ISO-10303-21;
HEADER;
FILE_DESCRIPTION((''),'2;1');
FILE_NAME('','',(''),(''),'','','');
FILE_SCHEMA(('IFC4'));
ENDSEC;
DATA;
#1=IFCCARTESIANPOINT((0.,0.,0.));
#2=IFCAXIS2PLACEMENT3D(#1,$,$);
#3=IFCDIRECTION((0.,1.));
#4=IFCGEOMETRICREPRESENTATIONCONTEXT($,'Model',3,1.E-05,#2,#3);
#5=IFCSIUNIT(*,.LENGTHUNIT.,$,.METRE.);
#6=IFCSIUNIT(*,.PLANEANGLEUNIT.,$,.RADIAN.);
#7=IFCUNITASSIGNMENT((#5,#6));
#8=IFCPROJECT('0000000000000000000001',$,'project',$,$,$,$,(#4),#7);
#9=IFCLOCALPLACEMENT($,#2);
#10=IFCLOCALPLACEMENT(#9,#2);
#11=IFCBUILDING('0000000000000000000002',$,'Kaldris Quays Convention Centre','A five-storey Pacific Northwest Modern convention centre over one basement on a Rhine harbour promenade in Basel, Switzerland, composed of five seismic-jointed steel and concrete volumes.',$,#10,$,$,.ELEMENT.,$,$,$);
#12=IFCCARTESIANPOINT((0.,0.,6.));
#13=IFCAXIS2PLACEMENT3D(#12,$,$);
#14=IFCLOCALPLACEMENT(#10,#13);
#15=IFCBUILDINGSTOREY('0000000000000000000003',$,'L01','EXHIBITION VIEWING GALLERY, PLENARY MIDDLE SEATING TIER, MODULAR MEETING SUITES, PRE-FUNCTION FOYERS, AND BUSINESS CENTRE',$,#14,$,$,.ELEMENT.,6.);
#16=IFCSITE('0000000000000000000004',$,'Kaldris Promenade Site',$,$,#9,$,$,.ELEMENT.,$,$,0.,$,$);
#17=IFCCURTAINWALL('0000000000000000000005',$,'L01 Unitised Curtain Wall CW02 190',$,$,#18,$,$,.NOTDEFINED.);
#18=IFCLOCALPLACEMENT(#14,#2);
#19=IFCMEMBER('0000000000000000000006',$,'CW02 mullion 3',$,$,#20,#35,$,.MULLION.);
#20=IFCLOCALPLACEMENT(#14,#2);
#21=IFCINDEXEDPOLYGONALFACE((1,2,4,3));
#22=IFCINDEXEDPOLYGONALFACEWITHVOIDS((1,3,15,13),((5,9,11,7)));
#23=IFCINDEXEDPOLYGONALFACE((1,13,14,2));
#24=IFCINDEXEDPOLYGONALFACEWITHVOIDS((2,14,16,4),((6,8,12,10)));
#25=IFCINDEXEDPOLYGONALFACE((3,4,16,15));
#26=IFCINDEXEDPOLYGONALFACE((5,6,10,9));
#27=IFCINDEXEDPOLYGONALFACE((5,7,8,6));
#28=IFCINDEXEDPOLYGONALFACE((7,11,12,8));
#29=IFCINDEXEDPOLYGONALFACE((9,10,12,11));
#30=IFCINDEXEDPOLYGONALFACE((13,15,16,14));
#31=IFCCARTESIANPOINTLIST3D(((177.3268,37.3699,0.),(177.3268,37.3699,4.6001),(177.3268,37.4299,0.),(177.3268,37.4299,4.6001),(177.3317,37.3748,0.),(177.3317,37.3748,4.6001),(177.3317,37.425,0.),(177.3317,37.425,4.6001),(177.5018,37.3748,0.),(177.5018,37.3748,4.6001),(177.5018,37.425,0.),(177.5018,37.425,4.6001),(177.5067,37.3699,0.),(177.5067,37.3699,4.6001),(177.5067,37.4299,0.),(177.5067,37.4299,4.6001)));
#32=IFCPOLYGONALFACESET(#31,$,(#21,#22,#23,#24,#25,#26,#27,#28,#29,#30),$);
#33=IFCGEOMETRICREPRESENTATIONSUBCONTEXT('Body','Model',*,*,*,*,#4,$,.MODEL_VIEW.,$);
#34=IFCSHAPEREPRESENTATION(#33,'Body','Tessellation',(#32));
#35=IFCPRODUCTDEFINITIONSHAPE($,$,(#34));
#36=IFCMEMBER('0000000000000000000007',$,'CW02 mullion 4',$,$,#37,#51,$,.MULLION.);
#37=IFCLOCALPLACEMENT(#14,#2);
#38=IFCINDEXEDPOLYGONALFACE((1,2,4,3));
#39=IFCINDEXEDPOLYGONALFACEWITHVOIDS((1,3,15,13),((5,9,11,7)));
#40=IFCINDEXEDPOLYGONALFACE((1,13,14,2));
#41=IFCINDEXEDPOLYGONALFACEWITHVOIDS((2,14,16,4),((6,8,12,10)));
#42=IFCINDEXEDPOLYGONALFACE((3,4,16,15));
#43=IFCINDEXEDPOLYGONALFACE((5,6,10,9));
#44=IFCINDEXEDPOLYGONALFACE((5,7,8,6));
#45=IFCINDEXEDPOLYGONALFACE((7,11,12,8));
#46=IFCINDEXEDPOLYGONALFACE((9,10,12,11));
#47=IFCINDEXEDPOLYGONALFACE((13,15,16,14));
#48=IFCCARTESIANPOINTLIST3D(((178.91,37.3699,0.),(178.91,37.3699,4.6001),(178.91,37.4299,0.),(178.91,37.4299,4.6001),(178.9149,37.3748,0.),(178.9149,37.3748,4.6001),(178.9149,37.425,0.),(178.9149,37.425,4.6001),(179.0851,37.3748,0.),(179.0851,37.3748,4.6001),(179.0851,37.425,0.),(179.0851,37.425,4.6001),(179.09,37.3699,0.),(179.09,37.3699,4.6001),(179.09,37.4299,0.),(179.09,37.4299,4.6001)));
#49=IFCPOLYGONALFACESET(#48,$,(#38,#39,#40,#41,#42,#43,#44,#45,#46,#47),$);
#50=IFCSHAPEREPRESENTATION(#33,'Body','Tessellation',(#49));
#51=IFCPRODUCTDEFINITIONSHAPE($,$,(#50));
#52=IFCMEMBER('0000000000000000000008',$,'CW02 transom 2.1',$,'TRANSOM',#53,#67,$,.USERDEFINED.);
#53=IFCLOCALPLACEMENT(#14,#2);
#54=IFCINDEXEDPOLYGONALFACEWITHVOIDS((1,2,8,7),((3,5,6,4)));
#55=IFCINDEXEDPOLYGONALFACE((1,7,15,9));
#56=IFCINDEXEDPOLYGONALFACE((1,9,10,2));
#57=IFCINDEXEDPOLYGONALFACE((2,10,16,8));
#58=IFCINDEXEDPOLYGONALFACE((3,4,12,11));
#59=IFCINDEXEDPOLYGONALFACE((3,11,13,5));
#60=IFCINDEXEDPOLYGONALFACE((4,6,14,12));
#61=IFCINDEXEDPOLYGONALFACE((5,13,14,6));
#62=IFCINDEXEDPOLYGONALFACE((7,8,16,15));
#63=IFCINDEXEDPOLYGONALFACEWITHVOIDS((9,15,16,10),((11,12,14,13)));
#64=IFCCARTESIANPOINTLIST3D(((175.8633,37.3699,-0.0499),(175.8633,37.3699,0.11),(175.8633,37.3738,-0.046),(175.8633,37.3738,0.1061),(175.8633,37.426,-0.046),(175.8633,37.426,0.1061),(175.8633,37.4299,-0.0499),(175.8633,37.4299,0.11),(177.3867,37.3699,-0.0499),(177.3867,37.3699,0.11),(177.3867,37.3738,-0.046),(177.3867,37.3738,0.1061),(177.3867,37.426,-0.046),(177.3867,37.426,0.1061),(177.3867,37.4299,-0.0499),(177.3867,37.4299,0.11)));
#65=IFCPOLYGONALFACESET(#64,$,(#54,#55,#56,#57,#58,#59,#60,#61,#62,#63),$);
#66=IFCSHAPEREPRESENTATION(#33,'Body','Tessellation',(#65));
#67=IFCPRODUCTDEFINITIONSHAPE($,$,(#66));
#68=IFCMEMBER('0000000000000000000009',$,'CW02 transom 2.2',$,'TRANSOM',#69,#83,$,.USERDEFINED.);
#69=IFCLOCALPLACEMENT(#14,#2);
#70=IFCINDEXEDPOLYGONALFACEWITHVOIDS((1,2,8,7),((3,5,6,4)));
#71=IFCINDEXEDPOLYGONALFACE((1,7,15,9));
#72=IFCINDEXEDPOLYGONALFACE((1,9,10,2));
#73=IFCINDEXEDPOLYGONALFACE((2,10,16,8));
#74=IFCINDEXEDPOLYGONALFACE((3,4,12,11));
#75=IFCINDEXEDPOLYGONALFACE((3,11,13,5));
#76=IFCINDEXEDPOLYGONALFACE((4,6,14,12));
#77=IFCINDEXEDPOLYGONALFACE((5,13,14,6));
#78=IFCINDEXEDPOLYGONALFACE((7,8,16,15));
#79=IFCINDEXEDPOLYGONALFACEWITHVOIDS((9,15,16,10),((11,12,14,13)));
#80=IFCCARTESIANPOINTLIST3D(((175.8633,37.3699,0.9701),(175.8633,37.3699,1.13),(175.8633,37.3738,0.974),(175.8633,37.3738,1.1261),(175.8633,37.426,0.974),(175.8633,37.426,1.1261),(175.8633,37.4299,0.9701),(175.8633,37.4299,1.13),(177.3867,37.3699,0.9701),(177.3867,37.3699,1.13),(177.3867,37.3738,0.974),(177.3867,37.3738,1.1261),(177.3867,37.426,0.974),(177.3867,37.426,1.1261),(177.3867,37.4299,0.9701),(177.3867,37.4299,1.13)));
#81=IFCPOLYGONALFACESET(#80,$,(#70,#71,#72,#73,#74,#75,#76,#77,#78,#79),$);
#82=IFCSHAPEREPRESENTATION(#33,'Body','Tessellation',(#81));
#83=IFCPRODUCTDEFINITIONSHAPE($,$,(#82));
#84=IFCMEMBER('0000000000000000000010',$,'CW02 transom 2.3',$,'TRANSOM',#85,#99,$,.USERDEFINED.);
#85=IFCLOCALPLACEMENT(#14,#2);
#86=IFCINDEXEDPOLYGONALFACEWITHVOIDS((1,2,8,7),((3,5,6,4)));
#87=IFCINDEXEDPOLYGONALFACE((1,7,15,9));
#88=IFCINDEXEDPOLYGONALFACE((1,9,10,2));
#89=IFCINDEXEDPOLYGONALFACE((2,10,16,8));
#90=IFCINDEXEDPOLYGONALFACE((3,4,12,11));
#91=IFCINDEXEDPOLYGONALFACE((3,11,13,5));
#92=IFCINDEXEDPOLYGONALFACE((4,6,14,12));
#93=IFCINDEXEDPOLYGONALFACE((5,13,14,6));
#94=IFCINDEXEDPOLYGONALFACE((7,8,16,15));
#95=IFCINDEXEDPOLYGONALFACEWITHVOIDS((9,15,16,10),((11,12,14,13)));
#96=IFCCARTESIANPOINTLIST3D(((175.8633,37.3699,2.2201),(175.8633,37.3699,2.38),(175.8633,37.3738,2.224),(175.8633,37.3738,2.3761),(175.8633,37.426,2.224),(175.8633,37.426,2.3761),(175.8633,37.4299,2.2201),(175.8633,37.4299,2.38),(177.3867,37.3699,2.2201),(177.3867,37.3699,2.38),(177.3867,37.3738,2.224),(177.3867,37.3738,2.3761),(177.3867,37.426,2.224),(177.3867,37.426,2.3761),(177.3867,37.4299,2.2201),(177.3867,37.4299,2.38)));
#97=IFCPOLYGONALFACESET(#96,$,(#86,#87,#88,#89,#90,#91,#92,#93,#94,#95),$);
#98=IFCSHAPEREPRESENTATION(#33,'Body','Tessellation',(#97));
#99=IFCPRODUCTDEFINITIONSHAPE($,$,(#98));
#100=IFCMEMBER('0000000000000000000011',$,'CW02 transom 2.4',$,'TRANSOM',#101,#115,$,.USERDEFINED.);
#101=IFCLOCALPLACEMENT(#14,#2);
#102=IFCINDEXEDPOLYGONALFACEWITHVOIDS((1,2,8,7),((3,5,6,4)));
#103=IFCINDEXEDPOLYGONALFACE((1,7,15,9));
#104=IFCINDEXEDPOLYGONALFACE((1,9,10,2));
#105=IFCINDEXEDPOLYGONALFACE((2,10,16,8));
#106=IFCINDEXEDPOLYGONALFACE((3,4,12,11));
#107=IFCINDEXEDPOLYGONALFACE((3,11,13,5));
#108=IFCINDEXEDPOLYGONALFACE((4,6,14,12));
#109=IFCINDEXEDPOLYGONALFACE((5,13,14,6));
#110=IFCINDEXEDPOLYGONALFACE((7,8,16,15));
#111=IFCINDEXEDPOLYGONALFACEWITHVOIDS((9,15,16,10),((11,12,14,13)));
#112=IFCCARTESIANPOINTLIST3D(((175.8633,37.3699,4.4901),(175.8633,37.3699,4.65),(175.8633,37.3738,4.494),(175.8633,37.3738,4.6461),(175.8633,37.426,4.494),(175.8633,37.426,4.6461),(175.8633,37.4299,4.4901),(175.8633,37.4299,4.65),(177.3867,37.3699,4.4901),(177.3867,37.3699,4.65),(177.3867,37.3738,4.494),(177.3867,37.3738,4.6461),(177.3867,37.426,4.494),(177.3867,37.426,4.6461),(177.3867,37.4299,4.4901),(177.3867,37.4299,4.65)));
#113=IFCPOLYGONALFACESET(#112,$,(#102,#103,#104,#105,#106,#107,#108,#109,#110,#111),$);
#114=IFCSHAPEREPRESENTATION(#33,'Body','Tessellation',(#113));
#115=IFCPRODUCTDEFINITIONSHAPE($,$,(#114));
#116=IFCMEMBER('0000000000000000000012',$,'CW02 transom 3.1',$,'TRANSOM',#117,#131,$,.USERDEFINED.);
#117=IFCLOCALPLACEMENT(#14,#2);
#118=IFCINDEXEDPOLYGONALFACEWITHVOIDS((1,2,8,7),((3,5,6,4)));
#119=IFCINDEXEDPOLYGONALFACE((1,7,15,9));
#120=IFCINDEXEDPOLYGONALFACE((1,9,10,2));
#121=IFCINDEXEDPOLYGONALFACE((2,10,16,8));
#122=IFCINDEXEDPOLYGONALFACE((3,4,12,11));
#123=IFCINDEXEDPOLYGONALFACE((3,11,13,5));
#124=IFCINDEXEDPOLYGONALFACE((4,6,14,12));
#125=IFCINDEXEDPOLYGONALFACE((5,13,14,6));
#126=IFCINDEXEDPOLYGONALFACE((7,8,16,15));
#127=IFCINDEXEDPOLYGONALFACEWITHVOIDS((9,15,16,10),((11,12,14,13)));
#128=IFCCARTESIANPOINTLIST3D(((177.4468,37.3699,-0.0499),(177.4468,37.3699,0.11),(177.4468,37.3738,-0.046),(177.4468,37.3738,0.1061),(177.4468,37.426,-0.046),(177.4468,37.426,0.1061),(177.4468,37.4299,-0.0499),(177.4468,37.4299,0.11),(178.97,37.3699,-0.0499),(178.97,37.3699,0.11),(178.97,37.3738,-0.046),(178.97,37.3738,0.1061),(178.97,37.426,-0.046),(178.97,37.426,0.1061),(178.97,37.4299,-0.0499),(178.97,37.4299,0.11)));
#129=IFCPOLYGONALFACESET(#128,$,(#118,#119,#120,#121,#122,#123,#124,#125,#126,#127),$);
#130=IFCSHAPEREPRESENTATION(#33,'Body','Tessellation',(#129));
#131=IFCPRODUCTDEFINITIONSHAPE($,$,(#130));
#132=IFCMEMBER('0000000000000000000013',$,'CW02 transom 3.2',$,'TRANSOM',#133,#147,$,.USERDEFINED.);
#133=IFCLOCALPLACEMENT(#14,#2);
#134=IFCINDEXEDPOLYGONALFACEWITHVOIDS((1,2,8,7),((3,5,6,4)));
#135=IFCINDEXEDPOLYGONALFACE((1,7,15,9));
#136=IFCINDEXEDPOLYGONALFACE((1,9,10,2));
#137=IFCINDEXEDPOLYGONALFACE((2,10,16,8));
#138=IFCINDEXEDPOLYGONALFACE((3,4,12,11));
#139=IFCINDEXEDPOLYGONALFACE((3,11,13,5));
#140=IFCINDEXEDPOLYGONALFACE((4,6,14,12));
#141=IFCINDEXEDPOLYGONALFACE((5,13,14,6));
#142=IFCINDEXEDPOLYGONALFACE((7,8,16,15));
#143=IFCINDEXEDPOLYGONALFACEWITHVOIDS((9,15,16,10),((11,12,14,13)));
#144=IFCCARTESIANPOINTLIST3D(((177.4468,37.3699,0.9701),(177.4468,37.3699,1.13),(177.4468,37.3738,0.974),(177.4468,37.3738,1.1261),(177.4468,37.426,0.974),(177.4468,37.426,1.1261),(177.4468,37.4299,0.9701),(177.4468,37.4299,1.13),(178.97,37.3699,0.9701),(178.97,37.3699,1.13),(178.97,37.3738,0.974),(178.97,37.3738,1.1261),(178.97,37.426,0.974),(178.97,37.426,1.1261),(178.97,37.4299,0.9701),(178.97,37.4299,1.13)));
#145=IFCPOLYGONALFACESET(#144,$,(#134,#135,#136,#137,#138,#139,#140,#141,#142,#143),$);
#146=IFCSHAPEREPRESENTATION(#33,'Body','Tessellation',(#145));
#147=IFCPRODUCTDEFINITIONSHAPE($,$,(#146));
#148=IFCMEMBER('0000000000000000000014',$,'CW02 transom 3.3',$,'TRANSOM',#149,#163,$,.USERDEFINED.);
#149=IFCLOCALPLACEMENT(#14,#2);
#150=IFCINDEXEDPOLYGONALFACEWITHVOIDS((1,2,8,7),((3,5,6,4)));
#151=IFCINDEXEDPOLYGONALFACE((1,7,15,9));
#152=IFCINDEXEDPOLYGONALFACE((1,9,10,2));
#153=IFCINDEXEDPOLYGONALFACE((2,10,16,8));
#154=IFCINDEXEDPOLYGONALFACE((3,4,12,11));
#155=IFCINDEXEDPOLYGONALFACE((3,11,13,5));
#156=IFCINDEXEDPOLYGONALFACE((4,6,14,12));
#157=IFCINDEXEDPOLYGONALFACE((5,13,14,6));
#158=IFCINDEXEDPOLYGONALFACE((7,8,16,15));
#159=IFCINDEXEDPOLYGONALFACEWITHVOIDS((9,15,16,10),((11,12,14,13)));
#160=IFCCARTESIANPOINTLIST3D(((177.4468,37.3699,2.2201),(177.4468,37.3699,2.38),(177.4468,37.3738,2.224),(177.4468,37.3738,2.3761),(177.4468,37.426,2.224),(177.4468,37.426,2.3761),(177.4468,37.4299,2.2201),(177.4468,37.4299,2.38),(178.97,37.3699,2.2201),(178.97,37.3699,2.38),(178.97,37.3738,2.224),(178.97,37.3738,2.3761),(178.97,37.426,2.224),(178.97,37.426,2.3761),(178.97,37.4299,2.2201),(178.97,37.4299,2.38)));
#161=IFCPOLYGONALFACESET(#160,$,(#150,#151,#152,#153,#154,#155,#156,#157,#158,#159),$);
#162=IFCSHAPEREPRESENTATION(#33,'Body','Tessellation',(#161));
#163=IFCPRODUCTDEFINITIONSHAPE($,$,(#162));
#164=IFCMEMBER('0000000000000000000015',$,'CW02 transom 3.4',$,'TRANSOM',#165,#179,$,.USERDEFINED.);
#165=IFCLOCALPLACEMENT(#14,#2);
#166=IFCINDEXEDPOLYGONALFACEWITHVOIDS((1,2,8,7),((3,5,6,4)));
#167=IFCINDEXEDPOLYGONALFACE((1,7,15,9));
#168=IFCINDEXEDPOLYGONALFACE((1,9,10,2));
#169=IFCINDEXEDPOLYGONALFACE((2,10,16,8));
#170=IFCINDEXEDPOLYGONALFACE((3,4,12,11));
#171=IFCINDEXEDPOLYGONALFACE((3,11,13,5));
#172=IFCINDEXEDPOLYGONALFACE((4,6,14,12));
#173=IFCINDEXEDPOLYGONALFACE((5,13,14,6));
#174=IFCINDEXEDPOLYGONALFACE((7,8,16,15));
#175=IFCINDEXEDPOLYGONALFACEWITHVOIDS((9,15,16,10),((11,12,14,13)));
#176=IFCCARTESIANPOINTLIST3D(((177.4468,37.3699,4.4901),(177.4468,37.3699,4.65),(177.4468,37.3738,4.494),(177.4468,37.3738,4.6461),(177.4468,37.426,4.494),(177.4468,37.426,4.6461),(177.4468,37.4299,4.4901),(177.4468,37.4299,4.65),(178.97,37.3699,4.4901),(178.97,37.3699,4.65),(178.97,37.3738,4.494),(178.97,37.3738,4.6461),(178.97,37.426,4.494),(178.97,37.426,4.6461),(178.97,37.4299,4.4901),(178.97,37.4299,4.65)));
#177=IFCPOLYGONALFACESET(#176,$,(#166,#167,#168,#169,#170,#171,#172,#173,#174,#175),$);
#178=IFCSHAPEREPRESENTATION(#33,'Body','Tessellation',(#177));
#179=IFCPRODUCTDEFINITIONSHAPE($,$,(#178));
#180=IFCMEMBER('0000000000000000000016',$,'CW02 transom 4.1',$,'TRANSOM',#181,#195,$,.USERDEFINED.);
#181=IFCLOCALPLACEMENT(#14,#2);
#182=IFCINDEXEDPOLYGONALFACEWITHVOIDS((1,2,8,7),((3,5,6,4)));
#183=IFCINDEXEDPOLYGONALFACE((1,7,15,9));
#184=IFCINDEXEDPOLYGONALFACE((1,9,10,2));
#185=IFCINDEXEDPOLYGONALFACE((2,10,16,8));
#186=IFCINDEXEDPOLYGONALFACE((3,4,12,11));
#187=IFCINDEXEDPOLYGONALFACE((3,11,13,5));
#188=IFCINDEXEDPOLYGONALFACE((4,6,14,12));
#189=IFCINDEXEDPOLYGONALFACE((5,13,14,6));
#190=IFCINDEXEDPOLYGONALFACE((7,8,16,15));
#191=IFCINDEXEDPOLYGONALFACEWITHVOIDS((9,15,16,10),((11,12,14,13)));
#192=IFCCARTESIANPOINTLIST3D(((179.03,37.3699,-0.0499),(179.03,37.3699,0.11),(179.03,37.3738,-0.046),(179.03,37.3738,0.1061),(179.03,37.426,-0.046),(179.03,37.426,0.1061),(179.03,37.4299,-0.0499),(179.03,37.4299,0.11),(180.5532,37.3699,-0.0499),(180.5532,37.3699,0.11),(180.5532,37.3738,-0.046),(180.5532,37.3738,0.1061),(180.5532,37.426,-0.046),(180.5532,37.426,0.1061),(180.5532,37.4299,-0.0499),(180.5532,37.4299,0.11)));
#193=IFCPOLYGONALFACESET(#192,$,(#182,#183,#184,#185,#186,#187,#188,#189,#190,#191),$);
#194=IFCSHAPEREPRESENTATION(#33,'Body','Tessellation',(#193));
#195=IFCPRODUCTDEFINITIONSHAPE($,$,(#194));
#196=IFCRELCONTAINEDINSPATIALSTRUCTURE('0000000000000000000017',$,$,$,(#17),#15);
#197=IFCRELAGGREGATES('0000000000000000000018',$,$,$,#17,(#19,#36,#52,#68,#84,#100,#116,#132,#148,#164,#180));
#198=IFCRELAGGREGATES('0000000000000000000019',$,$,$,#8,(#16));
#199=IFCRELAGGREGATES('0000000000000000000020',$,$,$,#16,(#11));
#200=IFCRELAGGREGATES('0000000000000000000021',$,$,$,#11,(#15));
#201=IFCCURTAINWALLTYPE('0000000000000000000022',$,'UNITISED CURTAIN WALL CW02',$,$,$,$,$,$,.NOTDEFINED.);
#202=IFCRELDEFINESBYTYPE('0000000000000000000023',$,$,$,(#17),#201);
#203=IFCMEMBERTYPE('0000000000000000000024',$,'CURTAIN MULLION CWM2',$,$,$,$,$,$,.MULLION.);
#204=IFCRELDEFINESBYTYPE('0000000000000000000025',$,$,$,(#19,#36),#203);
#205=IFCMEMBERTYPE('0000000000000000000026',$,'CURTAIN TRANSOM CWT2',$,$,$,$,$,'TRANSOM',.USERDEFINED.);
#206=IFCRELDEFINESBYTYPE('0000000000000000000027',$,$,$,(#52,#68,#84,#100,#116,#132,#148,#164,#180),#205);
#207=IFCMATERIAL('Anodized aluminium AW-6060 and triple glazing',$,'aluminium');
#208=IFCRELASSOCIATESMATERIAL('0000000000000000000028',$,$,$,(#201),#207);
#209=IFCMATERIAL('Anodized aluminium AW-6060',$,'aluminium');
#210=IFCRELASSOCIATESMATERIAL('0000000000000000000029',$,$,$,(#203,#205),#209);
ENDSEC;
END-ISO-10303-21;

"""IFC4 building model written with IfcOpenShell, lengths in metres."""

from ifc_helpers import new_model, si_unit, direction, frame, origin, origin_2d, place, context, subcontext, project, spatial, hollow_rectangle, extrude, material, material_profile, profile_set, type_object, element, aggregate, save


model = new_model("IFC4")

# Units and contexts
model_context = context("Model", 3, precision=1e-05, world=origin(), true_north=direction((0.0, 1.0)))
body_context = subcontext(model_context, "Body", "Model", "MODEL_VIEW")
ifc_project = project(units=[si_unit("LENGTHUNIT", "METRE"), si_unit("PLANEANGLEUNIT", "RADIAN")], contexts=[model_context])

# Site, building, storey
site_placement = place(None, origin())
site = spatial("IfcSite", under=ifc_project, at=site_placement, Name="Kaldris Promenade Site", CompositionType="ELEMENT", RefElevation=0.0)
building_placement = place(site_placement, origin())
building = spatial("IfcBuilding", under=site, at=building_placement, Name="Kaldris Quays Convention Centre", Description="A five-storey Pacific Northwest Modern convention centre over one basement on a Rhine harbour promenade in Basel, Switzerland, composed of five seismic-jointed steel and concrete volumes.", CompositionType="ELEMENT")
storey_placement = place(building_placement, frame((0.0, 0.0, 6.0)))
storey = spatial("IfcBuildingStorey", under=building, at=storey_placement, Name="L01", Description="EXHIBITION VIEWING GALLERY, PLENARY MIDDLE SEATING TIER, MODULAR MEETING SUITES, PRE-FUNCTION FOYERS, AND BUSINESS CENTRE", CompositionType="ELEMENT", Elevation=6.0)

# Curtain wall, members
ifc_material_1 = material(Name="Anodized aluminium AW-6060 and triple glazing", Category="aluminium")
curtain_wall_type = type_object("IfcCurtainWallType", Name="UNITISED CURTAIN WALL CW02", PredefinedType="NOTDEFINED", material=ifc_material_1)
curtain_wall_placement = place(storey_placement, origin())
curtain_wall = element("IfcCurtainWall", 1, at=curtain_wall_placement, inside=storey, type_object=curtain_wall_type, Name="L01 Unitised Curtain Wall CW02 190", PredefinedType="NOTDEFINED")
ifc_material_2 = material(Name="Anodized aluminium AW-6060", Category="aluminium")
ifc_material_profile_1 = material_profile(ifc_material_2, hollow_rectangle(XDim=0.0601, YDim=0.1799, WallThickness=0.0049, at=origin_2d()), Name="RHS 180x60x5")
ifc_profile_set_1 = profile_set([ifc_material_profile_1], Name="Anodized aluminium AW-6060")
member_type_1 = type_object("IfcMemberType", Name="CURTAIN MULLION CWM2", PredefinedType="MULLION", material=ifc_profile_set_1)
member_1_placement = place(storey_placement, frame((177.4167, 37.3999, 0.0), z_axis=(0.0, 0.0, 1.0), x_axis=(0.0, 1.0, 0.0)))
member_1 = element("IfcMember", 2, at=member_1_placement, type_object=member_type_1, Name="CW02 mullion 3", PredefinedType="MULLION", context=body_context, shape_type="SweptSolid", body=[
    extrude(hollow_rectangle(XDim=0.0601, YDim=0.1799, WallThickness=0.0049, at=origin_2d()), origin(), (0.0, 0.0, 1.0), 4.6001),
])
member_2_placement = place(storey_placement, frame((179.0, 37.3999, 0.0), z_axis=(0.0, 0.0, 1.0), x_axis=(0.0, 1.0, 0.0)))
member_2 = element("IfcMember", 3, at=member_2_placement, type_object=member_type_1, Name="CW02 mullion 4", PredefinedType="MULLION", context=body_context, shape_type="SweptSolid", body=[
    extrude(hollow_rectangle(XDim=0.0601, YDim=0.1799, WallThickness=0.0049, at=origin_2d()), origin(), (0.0, 0.0, 1.0), 4.6001),
])
ifc_material_profile_2 = material_profile(ifc_material_2, hollow_rectangle(XDim=0.0601, YDim=0.1599, WallThickness=0.0039, at=origin_2d()), Name="RHS 160x60x4")
ifc_profile_set_2 = profile_set([ifc_material_profile_2], Name="Anodized aluminium AW-6060")
member_type_2 = type_object("IfcMemberType", Name="CURTAIN TRANSOM CWT2", ElementType="TRANSOM", PredefinedType="USERDEFINED", material=ifc_profile_set_2)
member_3_placement = place(storey_placement, frame((175.8633, 37.3999, 0.03), z_axis=(1.0, 0.0, 0.0), x_axis=(0.0, 1.0, 0.0)))
member_3 = element("IfcMember", 4, at=member_3_placement, type_object=member_type_2, Name="CW02 transom 2.1", ObjectType="TRANSOM", PredefinedType="USERDEFINED", context=body_context, shape_type="SweptSolid", body=[
    extrude(hollow_rectangle(XDim=0.0601, YDim=0.1599, WallThickness=0.0039, at=origin_2d()), origin(), (0.0, 0.0, 1.0), 1.5234),
])
member_4_placement = place(storey_placement, frame((175.8633, 37.3999, 1.05), z_axis=(1.0, 0.0, 0.0), x_axis=(0.0, 1.0, 0.0)))
member_4 = element("IfcMember", 5, at=member_4_placement, type_object=member_type_2, Name="CW02 transom 2.2", ObjectType="TRANSOM", PredefinedType="USERDEFINED", context=body_context, shape_type="SweptSolid", body=[
    extrude(hollow_rectangle(XDim=0.0601, YDim=0.1599, WallThickness=0.0039, at=origin_2d()), origin(), (0.0, 0.0, 1.0), 1.5234),
])
member_5_placement = place(storey_placement, frame((175.8633, 37.3999, 2.3), z_axis=(1.0, 0.0, 0.0), x_axis=(0.0, 1.0, 0.0)))
member_5 = element("IfcMember", 6, at=member_5_placement, type_object=member_type_2, Name="CW02 transom 2.3", ObjectType="TRANSOM", PredefinedType="USERDEFINED", context=body_context, shape_type="SweptSolid", body=[
    extrude(hollow_rectangle(XDim=0.0601, YDim=0.1599, WallThickness=0.0039, at=origin_2d()), origin(), (0.0, 0.0, 1.0), 1.5234),
])
member_6_placement = place(storey_placement, frame((175.8633, 37.3999, 4.5701), z_axis=(1.0, 0.0, 0.0), x_axis=(0.0, 1.0, 0.0)))
member_6 = element("IfcMember", 7, at=member_6_placement, type_object=member_type_2, Name="CW02 transom 2.4", ObjectType="TRANSOM", PredefinedType="USERDEFINED", context=body_context, shape_type="SweptSolid", body=[
    extrude(hollow_rectangle(XDim=0.0601, YDim=0.1599, WallThickness=0.0039, at=origin_2d()), origin(), (0.0, 0.0, 1.0), 1.5234),
])
member_7_placement = place(storey_placement, frame((177.4468, 37.3999, 0.03), z_axis=(1.0, 0.0, 0.0), x_axis=(0.0, 1.0, 0.0)))
member_7 = element("IfcMember", 8, at=member_7_placement, type_object=member_type_2, Name="CW02 transom 3.1", ObjectType="TRANSOM", PredefinedType="USERDEFINED", context=body_context, shape_type="SweptSolid", body=[
    extrude(hollow_rectangle(XDim=0.0601, YDim=0.1599, WallThickness=0.0039, at=origin_2d()), origin(), (0.0, 0.0, 1.0), 1.5232),
])
member_8_placement = place(storey_placement, frame((177.4468, 37.3999, 1.05), z_axis=(1.0, 0.0, 0.0), x_axis=(0.0, 1.0, 0.0)))
member_8 = element("IfcMember", 9, at=member_8_placement, type_object=member_type_2, Name="CW02 transom 3.2", ObjectType="TRANSOM", PredefinedType="USERDEFINED", context=body_context, shape_type="SweptSolid", body=[
    extrude(hollow_rectangle(XDim=0.0601, YDim=0.1599, WallThickness=0.0039, at=origin_2d()), origin(), (0.0, 0.0, 1.0), 1.5232),
])
member_9_placement = place(storey_placement, frame((177.4468, 37.3999, 2.3), z_axis=(1.0, 0.0, 0.0), x_axis=(0.0, 1.0, 0.0)))
member_9 = element("IfcMember", 10, at=member_9_placement, type_object=member_type_2, Name="CW02 transom 3.3", ObjectType="TRANSOM", PredefinedType="USERDEFINED", context=body_context, shape_type="SweptSolid", body=[
    extrude(hollow_rectangle(XDim=0.0601, YDim=0.1599, WallThickness=0.0039, at=origin_2d()), origin(), (0.0, 0.0, 1.0), 1.5232),
])
member_10_placement = place(storey_placement, frame((177.4468, 37.3999, 4.5701), z_axis=(1.0, 0.0, 0.0), x_axis=(0.0, 1.0, 0.0)))
member_10 = element("IfcMember", 11, at=member_10_placement, type_object=member_type_2, Name="CW02 transom 3.4", ObjectType="TRANSOM", PredefinedType="USERDEFINED", context=body_context, shape_type="SweptSolid", body=[
    extrude(hollow_rectangle(XDim=0.0601, YDim=0.1599, WallThickness=0.0039, at=origin_2d()), origin(), (0.0, 0.0, 1.0), 1.5232),
])
member_11_placement = place(storey_placement, frame((179.03, 37.3999, 0.03), z_axis=(1.0, 0.0, 0.0), x_axis=(0.0, 1.0, 0.0)))
member_11 = element("IfcMember", 12, at=member_11_placement, type_object=member_type_2, Name="CW02 transom 4.1", ObjectType="TRANSOM", PredefinedType="USERDEFINED", context=body_context, shape_type="SweptSolid", body=[
    extrude(hollow_rectangle(XDim=0.0601, YDim=0.1599, WallThickness=0.0039, at=origin_2d()), origin(), (0.0, 0.0, 1.0), 1.5232),
])

aggregate(curtain_wall, [member_1, member_2, member_3, member_4, member_5, member_6, member_7, member_8, member_9, member_10, member_11])

save(model, "model.ifc")
